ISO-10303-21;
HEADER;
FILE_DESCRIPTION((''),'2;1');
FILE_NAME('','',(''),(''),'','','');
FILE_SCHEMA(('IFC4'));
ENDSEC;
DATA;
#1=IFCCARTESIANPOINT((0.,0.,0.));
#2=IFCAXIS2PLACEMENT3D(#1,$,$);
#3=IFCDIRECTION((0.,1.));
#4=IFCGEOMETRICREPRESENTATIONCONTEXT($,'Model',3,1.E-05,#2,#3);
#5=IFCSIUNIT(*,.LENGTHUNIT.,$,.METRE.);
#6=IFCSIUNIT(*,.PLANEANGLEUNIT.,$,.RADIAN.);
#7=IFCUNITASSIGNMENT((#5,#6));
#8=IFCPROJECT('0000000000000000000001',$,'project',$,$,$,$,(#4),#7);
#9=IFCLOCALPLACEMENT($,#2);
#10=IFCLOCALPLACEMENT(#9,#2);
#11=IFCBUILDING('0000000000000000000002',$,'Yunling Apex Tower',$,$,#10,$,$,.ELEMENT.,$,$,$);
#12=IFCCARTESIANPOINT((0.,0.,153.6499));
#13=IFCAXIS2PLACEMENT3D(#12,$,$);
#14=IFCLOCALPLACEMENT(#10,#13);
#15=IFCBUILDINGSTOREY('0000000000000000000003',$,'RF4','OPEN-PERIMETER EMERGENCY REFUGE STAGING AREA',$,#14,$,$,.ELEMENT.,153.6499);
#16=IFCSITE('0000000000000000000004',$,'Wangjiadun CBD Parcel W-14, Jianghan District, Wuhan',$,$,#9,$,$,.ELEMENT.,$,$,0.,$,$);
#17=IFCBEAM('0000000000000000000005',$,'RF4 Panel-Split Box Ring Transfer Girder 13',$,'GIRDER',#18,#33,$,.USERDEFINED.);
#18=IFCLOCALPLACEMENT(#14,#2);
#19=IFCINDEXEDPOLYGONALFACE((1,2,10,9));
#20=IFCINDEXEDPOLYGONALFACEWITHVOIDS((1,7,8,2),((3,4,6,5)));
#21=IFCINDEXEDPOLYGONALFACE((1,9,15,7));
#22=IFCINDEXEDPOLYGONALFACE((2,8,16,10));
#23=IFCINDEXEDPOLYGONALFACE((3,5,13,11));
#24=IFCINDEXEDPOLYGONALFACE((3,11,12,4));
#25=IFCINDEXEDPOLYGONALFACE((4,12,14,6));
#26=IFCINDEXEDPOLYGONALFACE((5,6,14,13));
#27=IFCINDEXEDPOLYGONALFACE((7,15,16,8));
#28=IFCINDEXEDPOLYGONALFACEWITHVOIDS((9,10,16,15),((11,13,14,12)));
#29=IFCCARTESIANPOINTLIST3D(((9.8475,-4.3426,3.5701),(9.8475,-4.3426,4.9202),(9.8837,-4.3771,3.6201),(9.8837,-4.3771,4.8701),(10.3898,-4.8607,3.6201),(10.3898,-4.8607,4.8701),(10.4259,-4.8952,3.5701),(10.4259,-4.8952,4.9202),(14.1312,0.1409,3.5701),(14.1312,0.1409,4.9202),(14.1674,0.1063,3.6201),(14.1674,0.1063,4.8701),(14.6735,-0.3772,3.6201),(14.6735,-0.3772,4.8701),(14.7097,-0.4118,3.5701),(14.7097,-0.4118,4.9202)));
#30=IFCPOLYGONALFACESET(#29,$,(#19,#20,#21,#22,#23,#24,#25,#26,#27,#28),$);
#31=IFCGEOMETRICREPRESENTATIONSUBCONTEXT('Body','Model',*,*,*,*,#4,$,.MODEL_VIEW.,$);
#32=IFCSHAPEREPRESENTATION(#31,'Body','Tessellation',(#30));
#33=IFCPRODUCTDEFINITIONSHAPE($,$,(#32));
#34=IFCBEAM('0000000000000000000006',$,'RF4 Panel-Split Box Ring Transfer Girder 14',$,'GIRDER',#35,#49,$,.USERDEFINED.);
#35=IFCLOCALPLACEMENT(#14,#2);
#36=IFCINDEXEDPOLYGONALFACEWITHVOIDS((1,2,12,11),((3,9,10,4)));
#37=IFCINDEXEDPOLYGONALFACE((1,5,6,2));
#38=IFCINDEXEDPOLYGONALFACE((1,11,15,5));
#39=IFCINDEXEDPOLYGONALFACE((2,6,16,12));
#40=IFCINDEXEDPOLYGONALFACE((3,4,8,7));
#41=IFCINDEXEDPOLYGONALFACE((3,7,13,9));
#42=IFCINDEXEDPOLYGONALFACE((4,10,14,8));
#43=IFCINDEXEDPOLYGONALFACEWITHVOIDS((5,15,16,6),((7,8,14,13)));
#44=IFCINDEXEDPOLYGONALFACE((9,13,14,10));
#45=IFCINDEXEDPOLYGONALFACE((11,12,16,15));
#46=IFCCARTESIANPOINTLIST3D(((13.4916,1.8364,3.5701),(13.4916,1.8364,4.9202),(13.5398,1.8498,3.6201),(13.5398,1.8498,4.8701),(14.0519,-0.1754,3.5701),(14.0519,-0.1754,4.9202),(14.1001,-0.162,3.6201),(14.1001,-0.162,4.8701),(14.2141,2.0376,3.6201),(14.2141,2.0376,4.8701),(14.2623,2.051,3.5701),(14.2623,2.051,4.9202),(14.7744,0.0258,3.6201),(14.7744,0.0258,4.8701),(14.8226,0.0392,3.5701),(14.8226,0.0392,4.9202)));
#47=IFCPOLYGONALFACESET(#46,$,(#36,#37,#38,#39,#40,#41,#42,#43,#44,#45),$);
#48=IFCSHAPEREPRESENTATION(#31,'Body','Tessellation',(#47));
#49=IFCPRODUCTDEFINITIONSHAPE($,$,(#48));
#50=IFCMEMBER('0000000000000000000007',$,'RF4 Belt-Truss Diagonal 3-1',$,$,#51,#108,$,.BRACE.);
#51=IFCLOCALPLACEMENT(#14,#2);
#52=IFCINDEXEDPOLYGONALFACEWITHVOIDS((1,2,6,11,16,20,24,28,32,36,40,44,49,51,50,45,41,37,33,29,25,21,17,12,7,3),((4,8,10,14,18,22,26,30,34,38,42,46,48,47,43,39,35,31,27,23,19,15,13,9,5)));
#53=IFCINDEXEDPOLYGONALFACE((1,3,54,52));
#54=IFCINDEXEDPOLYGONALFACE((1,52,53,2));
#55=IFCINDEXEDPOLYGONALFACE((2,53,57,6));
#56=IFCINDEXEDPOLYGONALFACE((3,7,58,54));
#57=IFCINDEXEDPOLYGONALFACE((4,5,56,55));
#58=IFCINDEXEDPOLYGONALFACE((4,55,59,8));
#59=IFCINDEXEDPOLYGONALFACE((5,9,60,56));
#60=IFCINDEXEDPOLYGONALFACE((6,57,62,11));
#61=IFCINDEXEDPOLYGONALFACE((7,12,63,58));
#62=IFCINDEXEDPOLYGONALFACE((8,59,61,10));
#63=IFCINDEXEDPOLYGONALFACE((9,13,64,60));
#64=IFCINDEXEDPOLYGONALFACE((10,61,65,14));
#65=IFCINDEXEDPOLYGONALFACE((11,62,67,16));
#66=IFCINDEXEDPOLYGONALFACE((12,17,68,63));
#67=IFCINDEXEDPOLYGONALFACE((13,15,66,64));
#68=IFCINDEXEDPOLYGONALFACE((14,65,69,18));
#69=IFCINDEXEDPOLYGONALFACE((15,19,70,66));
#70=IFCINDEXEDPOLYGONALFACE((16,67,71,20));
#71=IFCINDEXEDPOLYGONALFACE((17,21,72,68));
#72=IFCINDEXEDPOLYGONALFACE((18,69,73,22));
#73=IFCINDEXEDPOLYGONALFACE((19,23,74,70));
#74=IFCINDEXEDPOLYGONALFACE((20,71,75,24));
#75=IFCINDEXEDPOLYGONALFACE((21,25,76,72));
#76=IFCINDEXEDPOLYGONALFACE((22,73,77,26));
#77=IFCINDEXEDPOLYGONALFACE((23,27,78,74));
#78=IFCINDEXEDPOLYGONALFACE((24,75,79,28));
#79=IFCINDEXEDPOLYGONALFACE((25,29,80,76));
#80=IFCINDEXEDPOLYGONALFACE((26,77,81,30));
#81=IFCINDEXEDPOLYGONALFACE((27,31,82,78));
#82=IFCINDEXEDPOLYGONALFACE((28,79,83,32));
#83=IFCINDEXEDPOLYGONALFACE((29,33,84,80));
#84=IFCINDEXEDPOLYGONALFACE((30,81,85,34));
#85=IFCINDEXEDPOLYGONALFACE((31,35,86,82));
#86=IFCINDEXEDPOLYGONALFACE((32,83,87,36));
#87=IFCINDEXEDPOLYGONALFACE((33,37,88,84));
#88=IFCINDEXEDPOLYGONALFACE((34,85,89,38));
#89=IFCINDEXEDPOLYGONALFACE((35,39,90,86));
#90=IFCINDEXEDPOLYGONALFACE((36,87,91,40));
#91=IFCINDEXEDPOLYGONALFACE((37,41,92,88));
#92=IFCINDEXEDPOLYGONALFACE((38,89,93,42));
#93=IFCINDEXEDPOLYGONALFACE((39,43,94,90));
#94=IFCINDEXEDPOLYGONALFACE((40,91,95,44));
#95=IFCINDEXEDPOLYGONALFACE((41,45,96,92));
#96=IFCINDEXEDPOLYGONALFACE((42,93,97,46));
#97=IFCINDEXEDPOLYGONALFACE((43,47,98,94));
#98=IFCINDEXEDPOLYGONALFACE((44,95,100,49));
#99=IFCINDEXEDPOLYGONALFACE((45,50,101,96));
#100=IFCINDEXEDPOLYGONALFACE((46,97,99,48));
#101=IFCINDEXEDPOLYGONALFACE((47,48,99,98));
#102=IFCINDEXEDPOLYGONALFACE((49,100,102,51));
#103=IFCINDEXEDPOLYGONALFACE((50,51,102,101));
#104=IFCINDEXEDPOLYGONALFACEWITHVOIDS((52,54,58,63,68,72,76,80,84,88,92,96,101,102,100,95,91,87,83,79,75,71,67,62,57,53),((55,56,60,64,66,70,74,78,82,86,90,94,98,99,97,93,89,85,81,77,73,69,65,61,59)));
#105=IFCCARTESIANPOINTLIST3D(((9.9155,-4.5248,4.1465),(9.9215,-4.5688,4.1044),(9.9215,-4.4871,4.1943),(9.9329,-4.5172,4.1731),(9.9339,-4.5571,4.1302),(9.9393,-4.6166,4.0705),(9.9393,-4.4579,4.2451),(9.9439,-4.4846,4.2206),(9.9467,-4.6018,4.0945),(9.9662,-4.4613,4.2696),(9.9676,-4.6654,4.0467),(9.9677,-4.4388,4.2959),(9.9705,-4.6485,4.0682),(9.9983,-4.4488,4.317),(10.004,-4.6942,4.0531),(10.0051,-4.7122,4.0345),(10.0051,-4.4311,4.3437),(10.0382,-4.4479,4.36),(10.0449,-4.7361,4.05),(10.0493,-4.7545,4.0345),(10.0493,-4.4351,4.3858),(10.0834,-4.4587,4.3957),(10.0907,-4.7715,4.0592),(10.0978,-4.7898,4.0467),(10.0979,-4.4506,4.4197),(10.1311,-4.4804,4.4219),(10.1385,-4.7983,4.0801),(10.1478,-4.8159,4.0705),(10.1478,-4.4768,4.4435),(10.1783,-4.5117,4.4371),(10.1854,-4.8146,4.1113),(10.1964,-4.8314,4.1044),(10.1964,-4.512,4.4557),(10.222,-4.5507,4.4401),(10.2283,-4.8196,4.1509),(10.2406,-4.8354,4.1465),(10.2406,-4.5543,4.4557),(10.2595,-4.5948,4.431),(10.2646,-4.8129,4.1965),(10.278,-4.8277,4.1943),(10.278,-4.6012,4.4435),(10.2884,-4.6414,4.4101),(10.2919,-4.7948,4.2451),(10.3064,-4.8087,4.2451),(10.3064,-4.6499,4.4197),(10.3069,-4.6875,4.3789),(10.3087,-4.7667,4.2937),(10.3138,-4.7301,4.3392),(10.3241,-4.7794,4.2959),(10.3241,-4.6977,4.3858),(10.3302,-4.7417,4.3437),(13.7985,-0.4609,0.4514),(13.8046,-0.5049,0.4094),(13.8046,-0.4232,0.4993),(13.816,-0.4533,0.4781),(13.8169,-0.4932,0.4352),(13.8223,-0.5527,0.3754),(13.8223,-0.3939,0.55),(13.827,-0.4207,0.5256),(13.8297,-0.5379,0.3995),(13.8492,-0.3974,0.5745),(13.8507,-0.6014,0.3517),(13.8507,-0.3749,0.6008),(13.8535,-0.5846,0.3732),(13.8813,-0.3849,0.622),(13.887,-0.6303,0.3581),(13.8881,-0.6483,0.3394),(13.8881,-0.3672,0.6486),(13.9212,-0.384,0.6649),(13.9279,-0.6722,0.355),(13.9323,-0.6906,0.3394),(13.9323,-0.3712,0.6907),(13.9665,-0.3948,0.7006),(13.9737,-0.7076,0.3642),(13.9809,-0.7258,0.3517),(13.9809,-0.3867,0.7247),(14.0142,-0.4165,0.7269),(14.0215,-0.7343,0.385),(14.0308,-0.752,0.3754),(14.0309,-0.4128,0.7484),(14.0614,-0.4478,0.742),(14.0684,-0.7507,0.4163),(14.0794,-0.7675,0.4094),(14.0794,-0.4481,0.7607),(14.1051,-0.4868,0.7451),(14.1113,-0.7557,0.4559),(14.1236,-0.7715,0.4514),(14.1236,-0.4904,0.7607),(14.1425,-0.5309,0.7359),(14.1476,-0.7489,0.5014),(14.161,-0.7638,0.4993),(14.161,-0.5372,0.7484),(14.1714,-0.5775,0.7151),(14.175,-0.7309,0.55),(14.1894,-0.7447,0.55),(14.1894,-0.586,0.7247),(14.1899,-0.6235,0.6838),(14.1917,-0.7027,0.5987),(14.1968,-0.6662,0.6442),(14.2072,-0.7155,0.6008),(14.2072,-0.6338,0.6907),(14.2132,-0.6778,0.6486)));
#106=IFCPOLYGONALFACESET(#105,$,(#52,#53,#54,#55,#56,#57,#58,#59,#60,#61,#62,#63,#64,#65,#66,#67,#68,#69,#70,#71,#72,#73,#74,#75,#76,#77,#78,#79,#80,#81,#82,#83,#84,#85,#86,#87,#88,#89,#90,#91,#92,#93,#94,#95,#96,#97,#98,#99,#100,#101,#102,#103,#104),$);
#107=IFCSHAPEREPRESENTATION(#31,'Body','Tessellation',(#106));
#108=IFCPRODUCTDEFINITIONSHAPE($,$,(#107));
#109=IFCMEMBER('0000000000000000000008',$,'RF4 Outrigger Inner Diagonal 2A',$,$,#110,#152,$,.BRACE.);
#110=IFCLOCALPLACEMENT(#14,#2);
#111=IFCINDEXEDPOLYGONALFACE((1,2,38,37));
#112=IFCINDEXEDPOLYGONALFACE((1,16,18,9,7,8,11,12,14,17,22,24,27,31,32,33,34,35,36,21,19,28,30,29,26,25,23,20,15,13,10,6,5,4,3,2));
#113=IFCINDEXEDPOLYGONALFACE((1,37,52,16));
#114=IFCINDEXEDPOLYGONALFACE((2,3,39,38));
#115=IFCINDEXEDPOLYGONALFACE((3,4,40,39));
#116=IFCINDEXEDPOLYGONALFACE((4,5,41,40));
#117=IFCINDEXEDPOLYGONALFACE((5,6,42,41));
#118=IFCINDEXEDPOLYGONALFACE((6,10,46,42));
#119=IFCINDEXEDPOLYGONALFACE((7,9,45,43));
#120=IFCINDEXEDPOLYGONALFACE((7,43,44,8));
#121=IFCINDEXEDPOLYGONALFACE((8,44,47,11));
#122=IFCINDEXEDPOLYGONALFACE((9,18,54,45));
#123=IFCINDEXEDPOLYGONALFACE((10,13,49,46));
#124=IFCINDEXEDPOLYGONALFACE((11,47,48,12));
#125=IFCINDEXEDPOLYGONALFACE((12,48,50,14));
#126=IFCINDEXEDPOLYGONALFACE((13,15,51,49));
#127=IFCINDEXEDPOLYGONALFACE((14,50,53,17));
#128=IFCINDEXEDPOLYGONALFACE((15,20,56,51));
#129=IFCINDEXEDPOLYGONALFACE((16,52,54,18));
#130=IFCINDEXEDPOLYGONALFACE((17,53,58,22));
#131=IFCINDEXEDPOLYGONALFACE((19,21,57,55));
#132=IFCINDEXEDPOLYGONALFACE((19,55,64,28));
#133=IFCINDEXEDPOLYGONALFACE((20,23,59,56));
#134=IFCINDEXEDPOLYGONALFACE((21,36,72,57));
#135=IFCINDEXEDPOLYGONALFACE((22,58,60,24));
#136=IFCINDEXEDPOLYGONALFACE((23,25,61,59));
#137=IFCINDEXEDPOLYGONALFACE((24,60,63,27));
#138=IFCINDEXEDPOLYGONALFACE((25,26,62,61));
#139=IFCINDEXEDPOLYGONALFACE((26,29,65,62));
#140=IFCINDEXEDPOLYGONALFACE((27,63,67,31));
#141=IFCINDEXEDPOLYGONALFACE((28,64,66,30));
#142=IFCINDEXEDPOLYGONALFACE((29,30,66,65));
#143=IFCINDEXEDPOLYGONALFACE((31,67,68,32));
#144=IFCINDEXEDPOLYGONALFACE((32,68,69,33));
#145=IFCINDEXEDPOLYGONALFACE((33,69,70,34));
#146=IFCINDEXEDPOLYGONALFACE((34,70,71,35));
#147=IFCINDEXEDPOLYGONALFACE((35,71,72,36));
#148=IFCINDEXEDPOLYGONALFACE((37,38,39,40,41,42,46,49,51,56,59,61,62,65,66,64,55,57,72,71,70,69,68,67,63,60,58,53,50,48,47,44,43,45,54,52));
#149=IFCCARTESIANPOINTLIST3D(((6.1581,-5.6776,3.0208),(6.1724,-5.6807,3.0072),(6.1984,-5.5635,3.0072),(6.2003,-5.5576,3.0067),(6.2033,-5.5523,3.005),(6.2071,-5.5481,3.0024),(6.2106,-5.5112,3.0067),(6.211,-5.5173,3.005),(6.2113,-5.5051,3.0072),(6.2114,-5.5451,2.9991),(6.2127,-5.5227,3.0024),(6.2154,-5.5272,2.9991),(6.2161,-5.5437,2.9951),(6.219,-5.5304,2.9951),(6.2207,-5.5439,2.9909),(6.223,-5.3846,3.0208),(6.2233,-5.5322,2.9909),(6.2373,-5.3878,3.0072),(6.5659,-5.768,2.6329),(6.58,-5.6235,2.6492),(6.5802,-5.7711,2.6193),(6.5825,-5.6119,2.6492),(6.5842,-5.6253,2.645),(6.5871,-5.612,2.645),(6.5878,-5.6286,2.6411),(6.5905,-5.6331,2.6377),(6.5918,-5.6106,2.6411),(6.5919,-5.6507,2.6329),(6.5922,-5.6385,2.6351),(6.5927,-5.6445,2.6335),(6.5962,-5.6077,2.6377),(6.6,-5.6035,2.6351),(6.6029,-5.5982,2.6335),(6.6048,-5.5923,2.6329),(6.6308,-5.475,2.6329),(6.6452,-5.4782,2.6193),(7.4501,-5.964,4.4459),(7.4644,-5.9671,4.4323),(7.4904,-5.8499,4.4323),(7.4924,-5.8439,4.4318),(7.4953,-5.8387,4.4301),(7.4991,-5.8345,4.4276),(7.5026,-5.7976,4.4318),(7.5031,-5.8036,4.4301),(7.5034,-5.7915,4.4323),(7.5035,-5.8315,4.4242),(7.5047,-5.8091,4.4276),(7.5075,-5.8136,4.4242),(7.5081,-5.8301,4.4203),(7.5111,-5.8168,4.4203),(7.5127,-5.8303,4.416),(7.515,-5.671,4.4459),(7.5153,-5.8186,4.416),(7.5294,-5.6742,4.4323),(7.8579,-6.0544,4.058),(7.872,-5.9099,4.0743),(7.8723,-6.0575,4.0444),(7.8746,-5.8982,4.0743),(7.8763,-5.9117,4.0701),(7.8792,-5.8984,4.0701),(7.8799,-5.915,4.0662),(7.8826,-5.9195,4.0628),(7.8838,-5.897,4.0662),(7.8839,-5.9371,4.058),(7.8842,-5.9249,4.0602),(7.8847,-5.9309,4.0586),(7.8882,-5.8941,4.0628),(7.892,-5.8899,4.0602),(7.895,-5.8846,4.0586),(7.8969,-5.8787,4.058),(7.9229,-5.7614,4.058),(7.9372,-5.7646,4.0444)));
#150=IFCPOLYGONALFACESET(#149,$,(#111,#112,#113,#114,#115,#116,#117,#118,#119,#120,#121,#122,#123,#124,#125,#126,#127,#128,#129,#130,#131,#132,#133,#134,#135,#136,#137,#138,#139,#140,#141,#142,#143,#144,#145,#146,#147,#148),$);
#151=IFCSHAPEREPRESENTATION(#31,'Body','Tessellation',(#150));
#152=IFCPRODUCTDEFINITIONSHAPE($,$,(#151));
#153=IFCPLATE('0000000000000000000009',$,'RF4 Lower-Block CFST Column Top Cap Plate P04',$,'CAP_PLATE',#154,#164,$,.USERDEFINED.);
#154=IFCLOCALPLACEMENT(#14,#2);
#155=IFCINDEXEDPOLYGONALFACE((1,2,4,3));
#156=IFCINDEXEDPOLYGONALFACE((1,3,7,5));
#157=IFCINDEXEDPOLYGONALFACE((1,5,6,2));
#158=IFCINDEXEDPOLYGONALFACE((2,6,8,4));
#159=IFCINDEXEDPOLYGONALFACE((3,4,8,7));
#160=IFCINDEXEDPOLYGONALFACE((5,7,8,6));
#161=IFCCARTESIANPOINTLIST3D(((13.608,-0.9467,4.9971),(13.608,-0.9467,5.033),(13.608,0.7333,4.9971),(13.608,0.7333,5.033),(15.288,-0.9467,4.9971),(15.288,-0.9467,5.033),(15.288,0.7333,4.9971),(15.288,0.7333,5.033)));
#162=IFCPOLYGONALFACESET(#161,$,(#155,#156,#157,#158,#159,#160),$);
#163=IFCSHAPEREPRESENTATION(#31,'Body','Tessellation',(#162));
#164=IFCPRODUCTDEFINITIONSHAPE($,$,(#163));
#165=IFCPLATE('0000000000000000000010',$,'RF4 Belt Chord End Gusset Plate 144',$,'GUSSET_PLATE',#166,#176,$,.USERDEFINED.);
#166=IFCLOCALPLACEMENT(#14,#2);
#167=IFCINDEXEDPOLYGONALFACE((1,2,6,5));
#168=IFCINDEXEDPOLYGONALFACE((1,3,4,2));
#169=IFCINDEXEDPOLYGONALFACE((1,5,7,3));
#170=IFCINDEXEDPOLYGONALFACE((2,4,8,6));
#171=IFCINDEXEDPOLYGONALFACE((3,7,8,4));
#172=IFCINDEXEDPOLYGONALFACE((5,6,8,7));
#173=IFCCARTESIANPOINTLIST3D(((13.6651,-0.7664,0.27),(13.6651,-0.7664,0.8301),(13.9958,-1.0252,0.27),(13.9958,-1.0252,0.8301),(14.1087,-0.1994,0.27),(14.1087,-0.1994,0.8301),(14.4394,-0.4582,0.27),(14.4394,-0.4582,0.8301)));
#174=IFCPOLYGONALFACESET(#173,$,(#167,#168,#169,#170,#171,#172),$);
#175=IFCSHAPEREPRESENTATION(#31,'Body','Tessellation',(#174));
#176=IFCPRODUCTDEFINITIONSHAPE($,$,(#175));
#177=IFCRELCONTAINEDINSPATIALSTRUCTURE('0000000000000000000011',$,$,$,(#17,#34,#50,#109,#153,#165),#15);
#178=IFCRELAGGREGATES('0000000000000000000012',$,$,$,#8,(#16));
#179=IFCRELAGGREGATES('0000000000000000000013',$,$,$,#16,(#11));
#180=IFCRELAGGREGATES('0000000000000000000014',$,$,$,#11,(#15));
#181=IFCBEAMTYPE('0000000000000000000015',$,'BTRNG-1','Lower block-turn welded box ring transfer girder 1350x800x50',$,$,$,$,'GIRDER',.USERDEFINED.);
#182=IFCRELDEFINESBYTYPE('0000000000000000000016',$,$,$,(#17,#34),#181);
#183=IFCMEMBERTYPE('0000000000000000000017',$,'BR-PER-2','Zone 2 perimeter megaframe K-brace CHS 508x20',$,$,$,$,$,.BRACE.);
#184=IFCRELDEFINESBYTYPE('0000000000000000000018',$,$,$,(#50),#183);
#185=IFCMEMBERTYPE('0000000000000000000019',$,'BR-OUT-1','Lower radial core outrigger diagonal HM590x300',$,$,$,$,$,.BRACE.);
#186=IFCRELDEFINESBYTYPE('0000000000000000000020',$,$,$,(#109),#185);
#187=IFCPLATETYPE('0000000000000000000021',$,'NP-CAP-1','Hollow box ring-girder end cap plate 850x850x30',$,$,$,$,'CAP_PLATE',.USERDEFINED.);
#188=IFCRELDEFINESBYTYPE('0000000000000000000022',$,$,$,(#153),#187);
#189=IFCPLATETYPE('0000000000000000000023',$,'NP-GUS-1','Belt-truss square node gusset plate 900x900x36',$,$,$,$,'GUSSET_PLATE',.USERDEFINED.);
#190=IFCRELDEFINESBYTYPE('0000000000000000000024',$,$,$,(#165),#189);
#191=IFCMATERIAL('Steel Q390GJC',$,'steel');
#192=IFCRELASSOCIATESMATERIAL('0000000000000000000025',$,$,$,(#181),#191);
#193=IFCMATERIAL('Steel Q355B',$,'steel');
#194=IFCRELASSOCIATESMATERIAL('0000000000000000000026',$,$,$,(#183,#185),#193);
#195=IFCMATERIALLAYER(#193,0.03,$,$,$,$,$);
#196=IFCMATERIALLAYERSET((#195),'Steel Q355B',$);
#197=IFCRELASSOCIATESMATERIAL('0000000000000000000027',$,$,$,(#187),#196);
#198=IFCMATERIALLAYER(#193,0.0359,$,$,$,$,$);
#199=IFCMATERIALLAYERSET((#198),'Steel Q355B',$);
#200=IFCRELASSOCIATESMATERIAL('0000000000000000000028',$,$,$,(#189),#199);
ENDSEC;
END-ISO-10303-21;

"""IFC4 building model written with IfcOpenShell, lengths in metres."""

from ifc_helpers import new_model, si_unit, direction, frame, origin, origin_2d, place, context, subcontext, project, spatial, rectangle, hollow_rectangle, hollow_circle, i_section, extrude, source, transform, mapped, material, layer, layer_set, material_profile, profile_set, type_object, element, save


model = new_model("IFC4")

# Units and contexts
model_context = context("Model", 3, precision=1e-05, world=origin(), true_north=direction((0.0, 1.0)))
body_context = subcontext(model_context, "Body", "Model", "MODEL_VIEW")
ifc_project = project(units=[si_unit("LENGTHUNIT", "METRE"), si_unit("PLANEANGLEUNIT", "RADIAN")], contexts=[model_context])

# Site, building, storey
site_placement = place(None, origin())
site = spatial("IfcSite", under=ifc_project, at=site_placement, Name="Wangjiadun CBD Parcel W-14, Jianghan District, Wuhan", CompositionType="ELEMENT", RefElevation=0.0)
building_placement = place(site_placement, origin())
building = spatial("IfcBuilding", under=site, at=building_placement, Name="Yunling Apex Tower", CompositionType="ELEMENT")
storey_placement = place(building_placement, frame((0.0, 0.0, 153.6499)))
storey = spatial("IfcBuildingStorey", under=building, at=storey_placement, Name="RF4", Description="OPEN-PERIMETER EMERGENCY REFUGE STAGING AREA", CompositionType="ELEMENT", Elevation=153.6499)

# Shared definitions
ifc_material_1 = material(Name="Steel Q390GJC", Category="steel")

# Shared definitions
ifc_material_2 = material(Name="Steel Q355B", Category="steel")

# Beams
ifc_material_profile_1 = material_profile(ifc_material_1, hollow_rectangle(XDim=0.8, YDim=1.3501, WallThickness=0.05, at=origin_2d()))
ifc_profile_set_1 = profile_set([ifc_material_profile_1], Name="Steel Q390GJC")
beam_type_1 = type_object("IfcBeamType", Name="BTRNG-1", Description="Lower block-turn welded box ring transfer girder 1350x800x50", ElementType="GIRDER", PredefinedType="USERDEFINED", material=ifc_profile_set_1)
shared_shape_1 = source(origin(), body_context, "Body", "SweptSolid", [
    extrude(hollow_rectangle(XDim=0.8, YDim=1.3501, WallThickness=0.05, at=origin_2d()), origin(), (0.0, 0.0, 1.0), 6.2009),
])
beam_1_placement = place(storey_placement, frame((10.1367, -4.6189, 4.2451), z_axis=(0.69082, 0.723027, 0.0), x_axis=(-0.723027, 0.69082, 0.0)))
element("IfcBeam", 1, at=beam_1_placement, inside=storey, type_object=beam_type_1, Name="RF4 Panel-Split Box Ring Transfer Girder 13", ObjectType="GIRDER", PredefinedType="USERDEFINED", context=body_context, shape_type="MappedRepresentation", body=[
    mapped(shared_shape_1, transform((0.0, 0.0, 0.0), scale=1.0)),
])
shared_shape_2 = source(origin(), body_context, "Body", "SweptSolid", [
    extrude(hollow_rectangle(XDim=0.8, YDim=1.3501, WallThickness=0.05, at=origin_2d()), origin(), (0.0, 0.0, 1.0), 2.0884),
])
beam_2_placement = place(storey_placement, frame((14.4373, -0.0681, 4.2451), z_axis=(-0.268307, 0.963333, 0.0), x_axis=(-0.963333, -0.268307, 0.0)))
element("IfcBeam", 2, at=beam_2_placement, inside=storey, type_object=beam_type_1, Name="RF4 Panel-Split Box Ring Transfer Girder 14", ObjectType="GIRDER", PredefinedType="USERDEFINED", context=body_context, shape_type="MappedRepresentation", body=[
    mapped(shared_shape_2, transform((0.0, 0.0, 0.0), scale=1.0)),
])

# Members
ifc_material_profile_2 = material_profile(ifc_material_2, hollow_circle(Radius=0.2539, WallThickness=0.02, at=origin_2d()))
ifc_profile_set_2 = profile_set([ifc_material_profile_2], Name="Steel Q355B")
member_type_1 = type_object("IfcMemberType", Name="BR-PER-2", Description="Zone 2 perimeter megaframe K-brace CHS 508x20", PredefinedType="BRACE", material=ifc_profile_set_2)
shared_shape_3 = source(origin(), body_context, "Body", "SweptSolid", [
    extrude(hollow_circle(Radius=0.2539, WallThickness=0.02, at=origin_2d()), origin(), (0.0, 0.0, 1.0), 6.7266),
])
member_1_placement = place(storey_placement, frame((14.0059, -0.5693, 0.55), z_axis=(-0.577267, -0.604161, 0.54932), x_axis=(0.723016, -0.690831, 0.0)))
element("IfcMember", 3, at=member_1_placement, inside=storey, type_object=member_type_1, Name="RF4 Belt-Truss Diagonal 3-1", PredefinedType="BRACE", context=body_context, shape_type="MappedRepresentation", body=[
    mapped(shared_shape_3, transform((0.0, 0.0, 0.0), scale=1.0)),
])
ifc_material_profile_3 = material_profile(ifc_material_2, i_section(OverallWidth=0.3, OverallDepth=0.5901, WebThickness=0.012, FlangeThickness=0.02, FilletRadius=0.0239, at=origin_2d()))
ifc_profile_set_3 = profile_set([ifc_material_profile_3], Name="Steel Q355B")
member_type_2 = type_object("IfcMemberType", Name="BR-OUT-1", Description="Lower radial core outrigger diagonal HM590x300", PredefinedType="BRACE", material=ifc_profile_set_3)
shared_shape_4 = source(origin(), body_context, "Body", "SweptSolid", [
    extrude(i_section(OverallWidth=0.3, OverallDepth=0.5901, WebThickness=0.012, FlangeThickness=0.02, FilletRadius=0.0239, at=origin_2d()), origin(), (0.0, 0.0, 1.0), 1.9448),
])
member_2_placement = place(storey_placement, frame((6.4016, -5.5779, 2.8201), z_axis=(0.664352, -0.147257, 0.73277), x_axis=(0.216403, 0.976304, 0.0)))
element("IfcMember", 4, at=member_2_placement, inside=storey, type_object=member_type_2, Name="RF4 Outrigger Inner Diagonal 2A", PredefinedType="BRACE", context=body_context, shape_type="MappedRepresentation", body=[
    mapped(shared_shape_4, transform((0.0, 0.0, 0.0), scale=1.0)),
])

# Plates
ifc_layer_1 = layer(ifc_material_2, 0.03)
ifc_layer_set_1 = layer_set([ifc_layer_1], Name="Steel Q355B")
plate_type_1 = type_object("IfcPlateType", Name="NP-CAP-1", Description="Hollow box ring-girder end cap plate 850x850x30", ElementType="CAP_PLATE", PredefinedType="USERDEFINED", material=ifc_layer_set_1)
shared_shape_5 = source(origin(), body_context, "Body", "SweptSolid", [
    extrude(rectangle(XDim=1.6799, YDim=1.6799, at=origin_2d()), origin(), (0.0, 0.0, 1.0), 0.0359),
])
plate_1_placement = place(storey_placement, frame((14.448, -0.1067, 4.9971), z_axis=(0.0, 0.0, 1.0), x_axis=(1.0, 0.0, 0.0)))
element("IfcPlate", 5, at=plate_1_placement, inside=storey, type_object=plate_type_1, Name="RF4 Lower-Block CFST Column Top Cap Plate P04", ObjectType="CAP_PLATE", PredefinedType="USERDEFINED", context=body_context, shape_type="MappedRepresentation", body=[
    mapped(shared_shape_5, transform((0.0, 0.0, 0.0), scale=1.0)),
])
ifc_layer_2 = layer(ifc_material_2, 0.0359)
ifc_layer_set_2 = layer_set([ifc_layer_2], Name="Steel Q355B")
plate_type_2 = type_object("IfcPlateType", Name="NP-GUS-1", Description="Belt-truss square node gusset plate 900x900x36", ElementType="GUSSET_PLATE", PredefinedType="USERDEFINED", material=ifc_layer_set_2)
shared_shape_6 = source(origin(), body_context, "Body", "SweptSolid", [
    extrude(rectangle(XDim=0.72, YDim=0.4199, at=origin_2d()), origin(), (0.0, 0.0, 1.0), 0.5601),
])
for number, where, z_axis, x_axis, name in (
    (6, (14.0522, -0.6123, 0.27), (0.0, 0.0, 1.0), (0.616211, 0.787581, 0.0), "RF4 Belt Chord End Gusset Plate 144"),
):
    element("IfcPlate", number, at=place(storey_placement, frame(where, z_axis=z_axis, x_axis=x_axis)), inside=storey, type_object=plate_type_2, Name=name, ObjectType="GUSSET_PLATE", PredefinedType="USERDEFINED", context=body_context, shape_type="MappedRepresentation", body=[
        mapped(shared_shape_6, transform((0.0, 0.0, 0.0), scale=1.0)),
    ])

save(model, "model.ifc")
